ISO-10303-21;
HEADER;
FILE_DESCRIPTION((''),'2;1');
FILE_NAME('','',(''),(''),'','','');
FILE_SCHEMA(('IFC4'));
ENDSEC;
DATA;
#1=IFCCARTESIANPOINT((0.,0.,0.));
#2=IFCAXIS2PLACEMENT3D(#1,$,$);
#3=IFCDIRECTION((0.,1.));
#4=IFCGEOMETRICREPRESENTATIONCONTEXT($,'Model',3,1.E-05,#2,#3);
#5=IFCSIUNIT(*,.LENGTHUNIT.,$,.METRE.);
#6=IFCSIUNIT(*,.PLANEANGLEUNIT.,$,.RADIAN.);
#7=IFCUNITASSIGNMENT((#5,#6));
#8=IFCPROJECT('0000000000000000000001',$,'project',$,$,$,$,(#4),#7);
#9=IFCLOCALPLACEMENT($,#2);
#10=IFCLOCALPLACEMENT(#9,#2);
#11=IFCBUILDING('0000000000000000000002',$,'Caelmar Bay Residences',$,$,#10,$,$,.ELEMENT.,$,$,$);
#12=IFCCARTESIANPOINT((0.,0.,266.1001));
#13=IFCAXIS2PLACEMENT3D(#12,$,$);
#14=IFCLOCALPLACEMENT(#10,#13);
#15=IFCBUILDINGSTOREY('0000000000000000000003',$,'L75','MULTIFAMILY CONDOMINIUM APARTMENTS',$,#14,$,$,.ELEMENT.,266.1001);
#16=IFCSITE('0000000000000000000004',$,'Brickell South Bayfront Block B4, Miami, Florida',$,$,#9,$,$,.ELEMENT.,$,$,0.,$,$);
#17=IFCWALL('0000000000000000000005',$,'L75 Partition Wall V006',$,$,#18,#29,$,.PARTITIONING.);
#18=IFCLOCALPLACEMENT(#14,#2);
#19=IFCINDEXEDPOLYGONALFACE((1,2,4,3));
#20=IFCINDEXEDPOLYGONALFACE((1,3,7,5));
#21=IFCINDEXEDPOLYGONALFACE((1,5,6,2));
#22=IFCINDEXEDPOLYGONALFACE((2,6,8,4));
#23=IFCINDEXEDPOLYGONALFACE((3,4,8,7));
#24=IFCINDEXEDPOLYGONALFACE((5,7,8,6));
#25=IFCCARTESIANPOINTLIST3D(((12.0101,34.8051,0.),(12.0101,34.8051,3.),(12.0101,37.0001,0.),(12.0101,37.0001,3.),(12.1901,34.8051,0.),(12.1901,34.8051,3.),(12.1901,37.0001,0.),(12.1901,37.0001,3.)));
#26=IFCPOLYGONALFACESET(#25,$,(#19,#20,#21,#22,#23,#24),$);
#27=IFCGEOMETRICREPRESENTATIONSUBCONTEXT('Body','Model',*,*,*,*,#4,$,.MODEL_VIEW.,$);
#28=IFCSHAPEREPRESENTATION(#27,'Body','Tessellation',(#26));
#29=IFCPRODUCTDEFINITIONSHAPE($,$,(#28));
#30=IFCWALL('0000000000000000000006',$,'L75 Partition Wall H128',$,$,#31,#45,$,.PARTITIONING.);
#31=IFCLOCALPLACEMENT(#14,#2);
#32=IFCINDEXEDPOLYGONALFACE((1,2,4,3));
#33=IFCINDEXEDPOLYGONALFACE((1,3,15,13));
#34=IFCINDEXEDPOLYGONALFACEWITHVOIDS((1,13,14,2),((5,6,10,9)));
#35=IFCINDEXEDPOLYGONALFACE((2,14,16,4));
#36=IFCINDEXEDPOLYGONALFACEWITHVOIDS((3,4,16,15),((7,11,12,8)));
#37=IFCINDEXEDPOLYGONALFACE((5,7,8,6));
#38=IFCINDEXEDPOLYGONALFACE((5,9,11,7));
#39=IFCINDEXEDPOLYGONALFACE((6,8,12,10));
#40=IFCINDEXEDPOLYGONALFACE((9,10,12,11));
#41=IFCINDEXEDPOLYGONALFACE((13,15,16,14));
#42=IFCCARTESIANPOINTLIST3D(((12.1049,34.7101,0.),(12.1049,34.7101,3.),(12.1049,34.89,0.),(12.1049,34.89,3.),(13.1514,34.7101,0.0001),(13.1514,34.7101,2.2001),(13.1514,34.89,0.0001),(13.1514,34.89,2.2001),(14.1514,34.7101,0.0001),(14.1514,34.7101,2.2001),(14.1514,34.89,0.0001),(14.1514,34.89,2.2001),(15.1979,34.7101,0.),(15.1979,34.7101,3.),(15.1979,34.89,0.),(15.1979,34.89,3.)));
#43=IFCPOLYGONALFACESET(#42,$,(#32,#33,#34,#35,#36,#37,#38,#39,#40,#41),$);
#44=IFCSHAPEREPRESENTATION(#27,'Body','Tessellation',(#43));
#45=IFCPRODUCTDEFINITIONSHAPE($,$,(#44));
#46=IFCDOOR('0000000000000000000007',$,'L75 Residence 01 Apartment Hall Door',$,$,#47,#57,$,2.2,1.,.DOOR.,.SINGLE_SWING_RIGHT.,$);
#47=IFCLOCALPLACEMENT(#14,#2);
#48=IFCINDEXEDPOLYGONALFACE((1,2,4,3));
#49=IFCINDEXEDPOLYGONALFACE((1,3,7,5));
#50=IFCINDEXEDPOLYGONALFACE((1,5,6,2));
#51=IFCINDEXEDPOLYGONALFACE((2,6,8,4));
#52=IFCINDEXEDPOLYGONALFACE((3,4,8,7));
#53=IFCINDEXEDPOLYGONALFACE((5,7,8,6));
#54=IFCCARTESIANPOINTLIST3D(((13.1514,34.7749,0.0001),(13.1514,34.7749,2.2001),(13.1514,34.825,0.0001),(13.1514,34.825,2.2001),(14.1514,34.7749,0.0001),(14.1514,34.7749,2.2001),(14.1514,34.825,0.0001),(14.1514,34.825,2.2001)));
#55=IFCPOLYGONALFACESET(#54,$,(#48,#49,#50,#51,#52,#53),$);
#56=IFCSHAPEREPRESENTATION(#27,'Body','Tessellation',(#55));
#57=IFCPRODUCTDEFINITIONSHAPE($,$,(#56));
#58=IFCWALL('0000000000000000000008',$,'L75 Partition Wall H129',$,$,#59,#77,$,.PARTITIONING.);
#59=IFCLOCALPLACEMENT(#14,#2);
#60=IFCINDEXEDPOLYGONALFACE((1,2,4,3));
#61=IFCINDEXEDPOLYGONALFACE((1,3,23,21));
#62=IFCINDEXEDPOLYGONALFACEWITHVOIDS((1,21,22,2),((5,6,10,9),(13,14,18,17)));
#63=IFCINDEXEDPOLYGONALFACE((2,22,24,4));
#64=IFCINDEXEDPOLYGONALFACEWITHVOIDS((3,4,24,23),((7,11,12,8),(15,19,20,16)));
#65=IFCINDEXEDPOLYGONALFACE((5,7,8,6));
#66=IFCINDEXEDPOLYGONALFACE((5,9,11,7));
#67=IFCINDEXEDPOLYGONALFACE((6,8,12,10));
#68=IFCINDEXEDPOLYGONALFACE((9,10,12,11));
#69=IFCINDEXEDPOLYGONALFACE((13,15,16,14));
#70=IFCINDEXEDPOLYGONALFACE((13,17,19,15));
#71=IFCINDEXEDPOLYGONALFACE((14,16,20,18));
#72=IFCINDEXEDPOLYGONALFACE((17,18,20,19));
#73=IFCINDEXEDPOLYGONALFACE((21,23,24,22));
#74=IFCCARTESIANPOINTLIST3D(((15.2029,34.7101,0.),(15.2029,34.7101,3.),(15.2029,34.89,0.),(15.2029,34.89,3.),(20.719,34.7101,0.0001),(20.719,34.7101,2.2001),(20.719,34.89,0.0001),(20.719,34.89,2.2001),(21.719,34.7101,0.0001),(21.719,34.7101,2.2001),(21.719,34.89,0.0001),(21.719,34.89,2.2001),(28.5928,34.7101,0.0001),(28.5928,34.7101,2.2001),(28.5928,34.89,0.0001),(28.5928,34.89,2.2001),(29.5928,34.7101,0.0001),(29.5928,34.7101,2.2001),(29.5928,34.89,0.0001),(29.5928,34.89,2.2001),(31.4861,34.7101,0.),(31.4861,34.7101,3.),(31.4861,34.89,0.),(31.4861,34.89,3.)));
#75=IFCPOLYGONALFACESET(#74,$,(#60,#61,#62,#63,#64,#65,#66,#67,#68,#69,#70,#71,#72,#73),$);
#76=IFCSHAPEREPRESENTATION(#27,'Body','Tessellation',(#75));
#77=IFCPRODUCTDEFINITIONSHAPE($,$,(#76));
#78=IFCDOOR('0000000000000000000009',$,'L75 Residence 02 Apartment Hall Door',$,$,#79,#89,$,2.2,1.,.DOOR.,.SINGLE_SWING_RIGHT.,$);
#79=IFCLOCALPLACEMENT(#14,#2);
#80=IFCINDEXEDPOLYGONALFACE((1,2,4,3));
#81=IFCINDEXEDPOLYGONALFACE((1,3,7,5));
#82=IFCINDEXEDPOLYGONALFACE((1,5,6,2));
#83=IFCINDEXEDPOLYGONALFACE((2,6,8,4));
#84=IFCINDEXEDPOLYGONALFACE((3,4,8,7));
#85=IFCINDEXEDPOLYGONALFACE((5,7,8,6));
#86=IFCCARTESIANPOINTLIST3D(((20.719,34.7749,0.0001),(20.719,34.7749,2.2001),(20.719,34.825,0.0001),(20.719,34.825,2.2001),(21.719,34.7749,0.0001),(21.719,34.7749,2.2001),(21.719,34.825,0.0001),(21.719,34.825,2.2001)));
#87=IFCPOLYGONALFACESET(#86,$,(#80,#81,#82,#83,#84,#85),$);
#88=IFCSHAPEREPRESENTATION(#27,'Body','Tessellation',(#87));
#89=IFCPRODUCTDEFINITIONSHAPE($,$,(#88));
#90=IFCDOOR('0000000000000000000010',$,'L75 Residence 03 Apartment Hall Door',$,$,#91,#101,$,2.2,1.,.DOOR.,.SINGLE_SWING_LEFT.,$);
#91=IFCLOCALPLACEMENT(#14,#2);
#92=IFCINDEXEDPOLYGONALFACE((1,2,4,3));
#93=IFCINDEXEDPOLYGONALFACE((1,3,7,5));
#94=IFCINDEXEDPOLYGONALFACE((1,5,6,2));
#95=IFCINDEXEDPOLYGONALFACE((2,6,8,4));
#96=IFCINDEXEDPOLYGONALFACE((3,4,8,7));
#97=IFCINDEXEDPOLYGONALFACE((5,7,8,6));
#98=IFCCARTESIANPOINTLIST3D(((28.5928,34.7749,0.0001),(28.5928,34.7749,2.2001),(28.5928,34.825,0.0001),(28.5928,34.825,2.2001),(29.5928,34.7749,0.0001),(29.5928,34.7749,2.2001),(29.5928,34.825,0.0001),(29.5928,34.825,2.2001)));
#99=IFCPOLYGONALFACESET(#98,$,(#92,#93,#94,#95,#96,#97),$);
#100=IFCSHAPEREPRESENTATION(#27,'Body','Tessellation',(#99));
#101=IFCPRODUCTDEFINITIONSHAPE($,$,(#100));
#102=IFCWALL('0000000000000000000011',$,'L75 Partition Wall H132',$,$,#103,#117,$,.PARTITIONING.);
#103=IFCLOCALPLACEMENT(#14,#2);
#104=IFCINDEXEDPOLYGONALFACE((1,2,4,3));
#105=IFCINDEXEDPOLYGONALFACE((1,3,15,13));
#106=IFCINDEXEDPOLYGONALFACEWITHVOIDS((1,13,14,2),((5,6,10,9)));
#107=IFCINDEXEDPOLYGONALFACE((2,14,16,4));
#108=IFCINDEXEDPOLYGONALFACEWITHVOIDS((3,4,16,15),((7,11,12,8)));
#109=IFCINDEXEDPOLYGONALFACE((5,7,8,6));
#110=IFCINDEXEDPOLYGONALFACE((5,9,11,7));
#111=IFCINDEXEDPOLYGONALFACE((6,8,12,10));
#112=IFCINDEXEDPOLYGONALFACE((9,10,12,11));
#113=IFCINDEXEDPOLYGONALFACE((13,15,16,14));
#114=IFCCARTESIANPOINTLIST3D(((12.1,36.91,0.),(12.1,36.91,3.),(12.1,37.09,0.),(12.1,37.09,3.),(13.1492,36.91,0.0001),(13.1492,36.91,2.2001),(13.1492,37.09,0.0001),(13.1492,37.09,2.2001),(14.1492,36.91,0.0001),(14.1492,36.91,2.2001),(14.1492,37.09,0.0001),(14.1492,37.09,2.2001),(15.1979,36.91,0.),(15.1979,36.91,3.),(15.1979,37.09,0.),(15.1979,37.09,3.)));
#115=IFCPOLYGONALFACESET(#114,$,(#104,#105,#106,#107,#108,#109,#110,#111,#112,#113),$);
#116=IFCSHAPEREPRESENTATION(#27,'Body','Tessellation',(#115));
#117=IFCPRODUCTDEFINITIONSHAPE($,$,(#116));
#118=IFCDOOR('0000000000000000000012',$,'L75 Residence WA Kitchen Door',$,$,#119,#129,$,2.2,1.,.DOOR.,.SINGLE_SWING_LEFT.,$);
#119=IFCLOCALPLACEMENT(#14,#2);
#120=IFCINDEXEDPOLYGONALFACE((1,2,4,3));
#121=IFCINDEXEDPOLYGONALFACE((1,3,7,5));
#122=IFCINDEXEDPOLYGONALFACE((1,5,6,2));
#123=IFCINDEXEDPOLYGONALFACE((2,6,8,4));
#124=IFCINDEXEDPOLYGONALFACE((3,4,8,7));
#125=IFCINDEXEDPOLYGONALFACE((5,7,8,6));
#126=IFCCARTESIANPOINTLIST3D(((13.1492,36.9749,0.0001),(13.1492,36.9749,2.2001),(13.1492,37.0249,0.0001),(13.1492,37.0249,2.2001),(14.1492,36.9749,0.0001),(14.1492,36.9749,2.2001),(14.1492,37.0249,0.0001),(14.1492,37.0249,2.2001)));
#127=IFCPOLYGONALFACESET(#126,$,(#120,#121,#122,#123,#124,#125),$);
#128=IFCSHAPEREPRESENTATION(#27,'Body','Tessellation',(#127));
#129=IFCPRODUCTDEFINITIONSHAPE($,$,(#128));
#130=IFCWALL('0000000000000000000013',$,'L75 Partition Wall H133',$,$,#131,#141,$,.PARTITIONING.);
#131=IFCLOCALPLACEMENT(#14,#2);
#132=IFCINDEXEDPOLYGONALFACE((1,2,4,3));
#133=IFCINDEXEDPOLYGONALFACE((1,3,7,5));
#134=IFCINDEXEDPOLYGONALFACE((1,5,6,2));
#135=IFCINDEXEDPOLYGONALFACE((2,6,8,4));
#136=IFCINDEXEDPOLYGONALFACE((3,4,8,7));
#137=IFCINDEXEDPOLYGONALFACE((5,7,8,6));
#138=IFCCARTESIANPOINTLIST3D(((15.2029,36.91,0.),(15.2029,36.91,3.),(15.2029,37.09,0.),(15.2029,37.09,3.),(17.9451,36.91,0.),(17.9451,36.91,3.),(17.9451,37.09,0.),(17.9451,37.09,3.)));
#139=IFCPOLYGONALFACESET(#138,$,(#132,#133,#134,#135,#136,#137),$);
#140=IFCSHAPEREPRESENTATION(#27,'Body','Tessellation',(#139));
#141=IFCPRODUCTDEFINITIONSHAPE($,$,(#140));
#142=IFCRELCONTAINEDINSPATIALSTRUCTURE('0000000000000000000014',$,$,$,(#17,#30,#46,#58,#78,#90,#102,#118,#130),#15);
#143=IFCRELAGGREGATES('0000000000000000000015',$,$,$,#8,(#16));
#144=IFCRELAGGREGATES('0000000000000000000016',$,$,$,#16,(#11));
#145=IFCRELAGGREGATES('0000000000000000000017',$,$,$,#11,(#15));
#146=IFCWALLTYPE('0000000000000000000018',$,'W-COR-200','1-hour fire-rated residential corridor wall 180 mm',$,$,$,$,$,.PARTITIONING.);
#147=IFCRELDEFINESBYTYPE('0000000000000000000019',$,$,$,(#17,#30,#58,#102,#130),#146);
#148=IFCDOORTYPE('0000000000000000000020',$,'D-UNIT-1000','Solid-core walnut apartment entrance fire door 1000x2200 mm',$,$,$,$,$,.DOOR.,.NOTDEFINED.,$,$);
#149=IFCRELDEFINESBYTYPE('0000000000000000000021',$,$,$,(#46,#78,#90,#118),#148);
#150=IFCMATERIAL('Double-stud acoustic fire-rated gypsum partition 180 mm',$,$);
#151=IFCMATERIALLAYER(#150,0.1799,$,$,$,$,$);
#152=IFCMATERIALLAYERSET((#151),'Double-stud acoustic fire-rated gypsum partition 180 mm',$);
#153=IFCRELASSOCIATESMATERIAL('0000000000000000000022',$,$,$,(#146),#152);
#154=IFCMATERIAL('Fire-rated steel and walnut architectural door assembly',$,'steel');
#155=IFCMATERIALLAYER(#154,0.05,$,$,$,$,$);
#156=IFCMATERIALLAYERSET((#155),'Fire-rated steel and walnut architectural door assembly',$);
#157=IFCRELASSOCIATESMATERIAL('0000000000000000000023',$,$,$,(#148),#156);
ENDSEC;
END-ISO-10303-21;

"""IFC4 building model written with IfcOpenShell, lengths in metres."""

from ifc_helpers import new_model, si_unit, direction, frame, frame_2d, origin, place, context, subcontext, project, spatial, rectangle, extrude, material, layer, layer_set, type_object, element, fill, save


model = new_model("IFC4")

# Units and contexts
model_context = context("Model", 3, precision=1e-05, world=origin(), true_north=direction((0.0, 1.0)))
body_context = subcontext(model_context, "Body", "Model", "MODEL_VIEW")
ifc_project = project(units=[si_unit("LENGTHUNIT", "METRE"), si_unit("PLANEANGLEUNIT", "RADIAN")], contexts=[model_context])

# Site, building, storey
site_placement = place(None, origin())
site = spatial("IfcSite", under=ifc_project, at=site_placement, Name="Brickell South Bayfront Block B4, Miami, Florida", CompositionType="ELEMENT", RefElevation=0.0)
building_placement = place(site_placement, origin())
building = spatial("IfcBuilding", under=site, at=building_placement, Name="Caelmar Bay Residences", CompositionType="ELEMENT")
storey_placement = place(building_placement, frame((0.0, 0.0, 266.1001)))
storey = spatial("IfcBuildingStorey", under=building, at=storey_placement, Name="L75", Description="MULTIFAMILY CONDOMINIUM APARTMENTS", CompositionType="ELEMENT", Elevation=266.1001)

# Shared definitions
ifc_material_1 = material(Name="Fire-rated steel and walnut architectural door assembly", Category="steel")

# Wall
ifc_material_2 = material(Name="Double-stud acoustic fire-rated gypsum partition 180 mm")
ifc_layer_1 = layer(ifc_material_2, 0.1799)
ifc_layer_set_1 = layer_set([ifc_layer_1], Name="Double-stud acoustic fire-rated gypsum partition 180 mm")
wall_type_1 = type_object("IfcWallType", Name="W-COR-200", Description="1-hour fire-rated residential corridor wall 180 mm", PredefinedType="PARTITIONING", material=ifc_layer_set_1)
wall_1_placement = place(storey_placement, frame((12.1001, 34.8049, 0.0), z_axis=(0.0, 0.0, 1.0), x_axis=(0.0, 1.0, 0.0)))
element("IfcWall", 1, at=wall_1_placement, inside=storey, type_object=wall_type_1, Name="L75 Partition Wall V006", PredefinedType="PARTITIONING", context=body_context, shape_type="SweptSolid", body=[
    extrude(rectangle(XDim=2.1951, YDim=0.1799, at=frame_2d((1.0977, 0.0))), origin(), (0.0, 0.0, 1.0), 3.0),
])

# Wall, opening, door
wall_2_placement = place(storey_placement, frame((12.105, 34.8, 0.0), z_axis=(0.0, 0.0, 1.0), x_axis=(1.0, 0.0, 0.0)))
wall_2 = element("IfcWall", 2, at=wall_2_placement, inside=storey, type_object=wall_type_1, Name="L75 Partition Wall H128", PredefinedType="PARTITIONING", context=body_context, shape_type="SweptSolid", body=[
    extrude(rectangle(XDim=3.093, YDim=0.1799, at=frame_2d((1.5464, 0.0))), origin(), (0.0, 0.0, 1.0), 3.0),
])
opening_1_placement = place(wall_2_placement, frame((1.0464, 0.0, 0.0)))
opening_1 = element("IfcOpeningElement", 3, at=opening_1_placement, cuts=wall_2, PredefinedType="OPENING", context=body_context, shape_type="SweptSolid", body=[
    extrude(rectangle(XDim=1.0, YDim=2.2, at=frame_2d((0.5, 1.1001))), frame((0.0, 0.0999, 0.0), z_axis=(0.0, -1.0, 0.0), x_axis=(1.0, 0.0, 0.0)), (0.0, 0.0, 1.0), 0.2),
])
ifc_layer_2 = layer(ifc_material_1, 0.05)
ifc_layer_set_2 = layer_set([ifc_layer_2], Name="Fire-rated steel and walnut architectural door assembly")
door_type_1 = type_object("IfcDoorType", Name="D-UNIT-1000", Description="Solid-core walnut apartment entrance fire door 1000x2200 mm", OperationType="NOTDEFINED", PredefinedType="DOOR", material=ifc_layer_set_2)
door_1_placement = place(opening_1_placement, origin())
door_1 = element("IfcDoor", 4, at=door_1_placement, inside=storey, type_object=door_type_1, Name="L75 Residence 01 Apartment Hall Door", OperationType="SINGLE_SWING_RIGHT", OverallHeight=2.2, OverallWidth=1.0, PredefinedType="DOOR", context=body_context, shape_type="SweptSolid", body=[
    extrude(rectangle(XDim=1.0, YDim=2.2, at=frame_2d((0.5, 1.1001))), frame((0.0, 0.0249, 0.0), z_axis=(0.0, -1.0, 0.0), x_axis=(1.0, 0.0, 0.0)), (0.0, 0.0, 1.0), 0.05),
])
fill(opening_1, door_1)

# Wall, openings, doors
wall_3_placement = place(storey_placement, frame((15.2029, 34.8, 0.0), z_axis=(0.0, 0.0, 1.0), x_axis=(1.0, 0.0, 0.0)))
wall_3 = element("IfcWall", 5, at=wall_3_placement, inside=storey, type_object=wall_type_1, Name="L75 Partition Wall H129", PredefinedType="PARTITIONING", context=body_context, shape_type="SweptSolid", body=[
    extrude(rectangle(XDim=16.2832, YDim=0.1799, at=frame_2d((8.1416, 0.0))), origin(), (0.0, 0.0, 1.0), 3.0),
])
opening_2_placement = place(wall_3_placement, frame((5.5161, 0.0, 0.0)))
opening_2 = element("IfcOpeningElement", 6, at=opening_2_placement, cuts=wall_3, PredefinedType="OPENING", context=body_context, shape_type="SweptSolid", body=[
    extrude(rectangle(XDim=1.0, YDim=2.2, at=frame_2d((0.5, 1.1001))), frame((0.0, 0.0999, 0.0), z_axis=(0.0, -1.0, 0.0), x_axis=(1.0, 0.0, 0.0)), (0.0, 0.0, 1.0), 0.2),
])
opening_3_placement = place(wall_3_placement, frame((13.3899, 0.0, 0.0)))
opening_3 = element("IfcOpeningElement", 7, at=opening_3_placement, cuts=wall_3, PredefinedType="OPENING", context=body_context, shape_type="SweptSolid", body=[
    extrude(rectangle(XDim=1.0, YDim=2.2, at=frame_2d((0.5, 1.1001))), frame((0.0, 0.0999, 0.0), z_axis=(0.0, -1.0, 0.0), x_axis=(1.0, 0.0, 0.0)), (0.0, 0.0, 1.0), 0.2),
])
door_2_placement = place(opening_2_placement, origin())
door_2 = element("IfcDoor", 8, at=door_2_placement, inside=storey, type_object=door_type_1, Name="L75 Residence 02 Apartment Hall Door", OperationType="SINGLE_SWING_RIGHT", OverallHeight=2.2, OverallWidth=1.0, PredefinedType="DOOR", context=body_context, shape_type="SweptSolid", body=[
    extrude(rectangle(XDim=1.0, YDim=2.2, at=frame_2d((0.5, 1.1001))), frame((0.0, 0.0249, 0.0), z_axis=(0.0, -1.0, 0.0), x_axis=(1.0, 0.0, 0.0)), (0.0, 0.0, 1.0), 0.05),
])
fill(opening_2, door_2)
door_3_placement = place(opening_3_placement, origin())
door_3 = element("IfcDoor", 9, at=door_3_placement, inside=storey, type_object=door_type_1, Name="L75 Residence 03 Apartment Hall Door", OperationType="SINGLE_SWING_LEFT", OverallHeight=2.2, OverallWidth=1.0, PredefinedType="DOOR", context=body_context, shape_type="SweptSolid", body=[
    extrude(rectangle(XDim=1.0, YDim=2.2, at=frame_2d((0.5, 1.1001))), frame((0.0, 0.0249, 0.0), z_axis=(0.0, -1.0, 0.0), x_axis=(1.0, 0.0, 0.0)), (0.0, 0.0, 1.0), 0.05),
])
fill(opening_3, door_3)

# Wall, opening, door
wall_4_placement = place(storey_placement, frame((12.1001, 37.0, 0.0), z_axis=(0.0, 0.0, 1.0), x_axis=(1.0, 0.0, 0.0)))
wall_4 = element("IfcWall", 10, at=wall_4_placement, inside=storey, type_object=wall_type_1, Name="L75 Partition Wall H132", PredefinedType="PARTITIONING", context=body_context, shape_type="SweptSolid", body=[
    extrude(rectangle(XDim=3.0979, YDim=0.1799, at=frame_2d((1.5488, 0.0))), origin(), (0.0, 0.0, 1.0), 3.0),
])
opening_4_placement = place(wall_4_placement, frame((1.0491, 0.0, 0.0)))
opening_4 = element("IfcOpeningElement", 11, at=opening_4_placement, cuts=wall_4, PredefinedType="OPENING", context=body_context, shape_type="SweptSolid", body=[
    extrude(rectangle(XDim=1.0, YDim=2.2, at=frame_2d((0.5, 1.1001))), frame((0.0, 0.0999, 0.0), z_axis=(0.0, -1.0, 0.0), x_axis=(1.0, 0.0, 0.0)), (0.0, 0.0, 1.0), 0.2),
])
door_4_placement = place(opening_4_placement, origin())
door_4 = element("IfcDoor", 12, at=door_4_placement, inside=storey, type_object=door_type_1, Name="L75 Residence WA Kitchen Door", OperationType="SINGLE_SWING_LEFT", OverallHeight=2.2, OverallWidth=1.0, PredefinedType="DOOR", context=body_context, shape_type="SweptSolid", body=[
    extrude(rectangle(XDim=1.0, YDim=2.2, at=frame_2d((0.5, 1.1001))), frame((0.0, 0.0249, 0.0), z_axis=(0.0, -1.0, 0.0), x_axis=(1.0, 0.0, 0.0)), (0.0, 0.0, 1.0), 0.05),
])
fill(opening_4, door_4)

# Wall
wall_5_placement = place(storey_placement, frame((15.2029, 37.0, 0.0), z_axis=(0.0, 0.0, 1.0), x_axis=(1.0, 0.0, 0.0)))
element("IfcWall", 13, at=wall_5_placement, inside=storey, type_object=wall_type_1, Name="L75 Partition Wall H133", PredefinedType="PARTITIONING", context=body_context, shape_type="SweptSolid", body=[
    extrude(rectangle(XDim=2.7422, YDim=0.1799, at=frame_2d((1.3711, 0.0))), origin(), (0.0, 0.0, 1.0), 3.0),
])

save(model, "model.ifc")
